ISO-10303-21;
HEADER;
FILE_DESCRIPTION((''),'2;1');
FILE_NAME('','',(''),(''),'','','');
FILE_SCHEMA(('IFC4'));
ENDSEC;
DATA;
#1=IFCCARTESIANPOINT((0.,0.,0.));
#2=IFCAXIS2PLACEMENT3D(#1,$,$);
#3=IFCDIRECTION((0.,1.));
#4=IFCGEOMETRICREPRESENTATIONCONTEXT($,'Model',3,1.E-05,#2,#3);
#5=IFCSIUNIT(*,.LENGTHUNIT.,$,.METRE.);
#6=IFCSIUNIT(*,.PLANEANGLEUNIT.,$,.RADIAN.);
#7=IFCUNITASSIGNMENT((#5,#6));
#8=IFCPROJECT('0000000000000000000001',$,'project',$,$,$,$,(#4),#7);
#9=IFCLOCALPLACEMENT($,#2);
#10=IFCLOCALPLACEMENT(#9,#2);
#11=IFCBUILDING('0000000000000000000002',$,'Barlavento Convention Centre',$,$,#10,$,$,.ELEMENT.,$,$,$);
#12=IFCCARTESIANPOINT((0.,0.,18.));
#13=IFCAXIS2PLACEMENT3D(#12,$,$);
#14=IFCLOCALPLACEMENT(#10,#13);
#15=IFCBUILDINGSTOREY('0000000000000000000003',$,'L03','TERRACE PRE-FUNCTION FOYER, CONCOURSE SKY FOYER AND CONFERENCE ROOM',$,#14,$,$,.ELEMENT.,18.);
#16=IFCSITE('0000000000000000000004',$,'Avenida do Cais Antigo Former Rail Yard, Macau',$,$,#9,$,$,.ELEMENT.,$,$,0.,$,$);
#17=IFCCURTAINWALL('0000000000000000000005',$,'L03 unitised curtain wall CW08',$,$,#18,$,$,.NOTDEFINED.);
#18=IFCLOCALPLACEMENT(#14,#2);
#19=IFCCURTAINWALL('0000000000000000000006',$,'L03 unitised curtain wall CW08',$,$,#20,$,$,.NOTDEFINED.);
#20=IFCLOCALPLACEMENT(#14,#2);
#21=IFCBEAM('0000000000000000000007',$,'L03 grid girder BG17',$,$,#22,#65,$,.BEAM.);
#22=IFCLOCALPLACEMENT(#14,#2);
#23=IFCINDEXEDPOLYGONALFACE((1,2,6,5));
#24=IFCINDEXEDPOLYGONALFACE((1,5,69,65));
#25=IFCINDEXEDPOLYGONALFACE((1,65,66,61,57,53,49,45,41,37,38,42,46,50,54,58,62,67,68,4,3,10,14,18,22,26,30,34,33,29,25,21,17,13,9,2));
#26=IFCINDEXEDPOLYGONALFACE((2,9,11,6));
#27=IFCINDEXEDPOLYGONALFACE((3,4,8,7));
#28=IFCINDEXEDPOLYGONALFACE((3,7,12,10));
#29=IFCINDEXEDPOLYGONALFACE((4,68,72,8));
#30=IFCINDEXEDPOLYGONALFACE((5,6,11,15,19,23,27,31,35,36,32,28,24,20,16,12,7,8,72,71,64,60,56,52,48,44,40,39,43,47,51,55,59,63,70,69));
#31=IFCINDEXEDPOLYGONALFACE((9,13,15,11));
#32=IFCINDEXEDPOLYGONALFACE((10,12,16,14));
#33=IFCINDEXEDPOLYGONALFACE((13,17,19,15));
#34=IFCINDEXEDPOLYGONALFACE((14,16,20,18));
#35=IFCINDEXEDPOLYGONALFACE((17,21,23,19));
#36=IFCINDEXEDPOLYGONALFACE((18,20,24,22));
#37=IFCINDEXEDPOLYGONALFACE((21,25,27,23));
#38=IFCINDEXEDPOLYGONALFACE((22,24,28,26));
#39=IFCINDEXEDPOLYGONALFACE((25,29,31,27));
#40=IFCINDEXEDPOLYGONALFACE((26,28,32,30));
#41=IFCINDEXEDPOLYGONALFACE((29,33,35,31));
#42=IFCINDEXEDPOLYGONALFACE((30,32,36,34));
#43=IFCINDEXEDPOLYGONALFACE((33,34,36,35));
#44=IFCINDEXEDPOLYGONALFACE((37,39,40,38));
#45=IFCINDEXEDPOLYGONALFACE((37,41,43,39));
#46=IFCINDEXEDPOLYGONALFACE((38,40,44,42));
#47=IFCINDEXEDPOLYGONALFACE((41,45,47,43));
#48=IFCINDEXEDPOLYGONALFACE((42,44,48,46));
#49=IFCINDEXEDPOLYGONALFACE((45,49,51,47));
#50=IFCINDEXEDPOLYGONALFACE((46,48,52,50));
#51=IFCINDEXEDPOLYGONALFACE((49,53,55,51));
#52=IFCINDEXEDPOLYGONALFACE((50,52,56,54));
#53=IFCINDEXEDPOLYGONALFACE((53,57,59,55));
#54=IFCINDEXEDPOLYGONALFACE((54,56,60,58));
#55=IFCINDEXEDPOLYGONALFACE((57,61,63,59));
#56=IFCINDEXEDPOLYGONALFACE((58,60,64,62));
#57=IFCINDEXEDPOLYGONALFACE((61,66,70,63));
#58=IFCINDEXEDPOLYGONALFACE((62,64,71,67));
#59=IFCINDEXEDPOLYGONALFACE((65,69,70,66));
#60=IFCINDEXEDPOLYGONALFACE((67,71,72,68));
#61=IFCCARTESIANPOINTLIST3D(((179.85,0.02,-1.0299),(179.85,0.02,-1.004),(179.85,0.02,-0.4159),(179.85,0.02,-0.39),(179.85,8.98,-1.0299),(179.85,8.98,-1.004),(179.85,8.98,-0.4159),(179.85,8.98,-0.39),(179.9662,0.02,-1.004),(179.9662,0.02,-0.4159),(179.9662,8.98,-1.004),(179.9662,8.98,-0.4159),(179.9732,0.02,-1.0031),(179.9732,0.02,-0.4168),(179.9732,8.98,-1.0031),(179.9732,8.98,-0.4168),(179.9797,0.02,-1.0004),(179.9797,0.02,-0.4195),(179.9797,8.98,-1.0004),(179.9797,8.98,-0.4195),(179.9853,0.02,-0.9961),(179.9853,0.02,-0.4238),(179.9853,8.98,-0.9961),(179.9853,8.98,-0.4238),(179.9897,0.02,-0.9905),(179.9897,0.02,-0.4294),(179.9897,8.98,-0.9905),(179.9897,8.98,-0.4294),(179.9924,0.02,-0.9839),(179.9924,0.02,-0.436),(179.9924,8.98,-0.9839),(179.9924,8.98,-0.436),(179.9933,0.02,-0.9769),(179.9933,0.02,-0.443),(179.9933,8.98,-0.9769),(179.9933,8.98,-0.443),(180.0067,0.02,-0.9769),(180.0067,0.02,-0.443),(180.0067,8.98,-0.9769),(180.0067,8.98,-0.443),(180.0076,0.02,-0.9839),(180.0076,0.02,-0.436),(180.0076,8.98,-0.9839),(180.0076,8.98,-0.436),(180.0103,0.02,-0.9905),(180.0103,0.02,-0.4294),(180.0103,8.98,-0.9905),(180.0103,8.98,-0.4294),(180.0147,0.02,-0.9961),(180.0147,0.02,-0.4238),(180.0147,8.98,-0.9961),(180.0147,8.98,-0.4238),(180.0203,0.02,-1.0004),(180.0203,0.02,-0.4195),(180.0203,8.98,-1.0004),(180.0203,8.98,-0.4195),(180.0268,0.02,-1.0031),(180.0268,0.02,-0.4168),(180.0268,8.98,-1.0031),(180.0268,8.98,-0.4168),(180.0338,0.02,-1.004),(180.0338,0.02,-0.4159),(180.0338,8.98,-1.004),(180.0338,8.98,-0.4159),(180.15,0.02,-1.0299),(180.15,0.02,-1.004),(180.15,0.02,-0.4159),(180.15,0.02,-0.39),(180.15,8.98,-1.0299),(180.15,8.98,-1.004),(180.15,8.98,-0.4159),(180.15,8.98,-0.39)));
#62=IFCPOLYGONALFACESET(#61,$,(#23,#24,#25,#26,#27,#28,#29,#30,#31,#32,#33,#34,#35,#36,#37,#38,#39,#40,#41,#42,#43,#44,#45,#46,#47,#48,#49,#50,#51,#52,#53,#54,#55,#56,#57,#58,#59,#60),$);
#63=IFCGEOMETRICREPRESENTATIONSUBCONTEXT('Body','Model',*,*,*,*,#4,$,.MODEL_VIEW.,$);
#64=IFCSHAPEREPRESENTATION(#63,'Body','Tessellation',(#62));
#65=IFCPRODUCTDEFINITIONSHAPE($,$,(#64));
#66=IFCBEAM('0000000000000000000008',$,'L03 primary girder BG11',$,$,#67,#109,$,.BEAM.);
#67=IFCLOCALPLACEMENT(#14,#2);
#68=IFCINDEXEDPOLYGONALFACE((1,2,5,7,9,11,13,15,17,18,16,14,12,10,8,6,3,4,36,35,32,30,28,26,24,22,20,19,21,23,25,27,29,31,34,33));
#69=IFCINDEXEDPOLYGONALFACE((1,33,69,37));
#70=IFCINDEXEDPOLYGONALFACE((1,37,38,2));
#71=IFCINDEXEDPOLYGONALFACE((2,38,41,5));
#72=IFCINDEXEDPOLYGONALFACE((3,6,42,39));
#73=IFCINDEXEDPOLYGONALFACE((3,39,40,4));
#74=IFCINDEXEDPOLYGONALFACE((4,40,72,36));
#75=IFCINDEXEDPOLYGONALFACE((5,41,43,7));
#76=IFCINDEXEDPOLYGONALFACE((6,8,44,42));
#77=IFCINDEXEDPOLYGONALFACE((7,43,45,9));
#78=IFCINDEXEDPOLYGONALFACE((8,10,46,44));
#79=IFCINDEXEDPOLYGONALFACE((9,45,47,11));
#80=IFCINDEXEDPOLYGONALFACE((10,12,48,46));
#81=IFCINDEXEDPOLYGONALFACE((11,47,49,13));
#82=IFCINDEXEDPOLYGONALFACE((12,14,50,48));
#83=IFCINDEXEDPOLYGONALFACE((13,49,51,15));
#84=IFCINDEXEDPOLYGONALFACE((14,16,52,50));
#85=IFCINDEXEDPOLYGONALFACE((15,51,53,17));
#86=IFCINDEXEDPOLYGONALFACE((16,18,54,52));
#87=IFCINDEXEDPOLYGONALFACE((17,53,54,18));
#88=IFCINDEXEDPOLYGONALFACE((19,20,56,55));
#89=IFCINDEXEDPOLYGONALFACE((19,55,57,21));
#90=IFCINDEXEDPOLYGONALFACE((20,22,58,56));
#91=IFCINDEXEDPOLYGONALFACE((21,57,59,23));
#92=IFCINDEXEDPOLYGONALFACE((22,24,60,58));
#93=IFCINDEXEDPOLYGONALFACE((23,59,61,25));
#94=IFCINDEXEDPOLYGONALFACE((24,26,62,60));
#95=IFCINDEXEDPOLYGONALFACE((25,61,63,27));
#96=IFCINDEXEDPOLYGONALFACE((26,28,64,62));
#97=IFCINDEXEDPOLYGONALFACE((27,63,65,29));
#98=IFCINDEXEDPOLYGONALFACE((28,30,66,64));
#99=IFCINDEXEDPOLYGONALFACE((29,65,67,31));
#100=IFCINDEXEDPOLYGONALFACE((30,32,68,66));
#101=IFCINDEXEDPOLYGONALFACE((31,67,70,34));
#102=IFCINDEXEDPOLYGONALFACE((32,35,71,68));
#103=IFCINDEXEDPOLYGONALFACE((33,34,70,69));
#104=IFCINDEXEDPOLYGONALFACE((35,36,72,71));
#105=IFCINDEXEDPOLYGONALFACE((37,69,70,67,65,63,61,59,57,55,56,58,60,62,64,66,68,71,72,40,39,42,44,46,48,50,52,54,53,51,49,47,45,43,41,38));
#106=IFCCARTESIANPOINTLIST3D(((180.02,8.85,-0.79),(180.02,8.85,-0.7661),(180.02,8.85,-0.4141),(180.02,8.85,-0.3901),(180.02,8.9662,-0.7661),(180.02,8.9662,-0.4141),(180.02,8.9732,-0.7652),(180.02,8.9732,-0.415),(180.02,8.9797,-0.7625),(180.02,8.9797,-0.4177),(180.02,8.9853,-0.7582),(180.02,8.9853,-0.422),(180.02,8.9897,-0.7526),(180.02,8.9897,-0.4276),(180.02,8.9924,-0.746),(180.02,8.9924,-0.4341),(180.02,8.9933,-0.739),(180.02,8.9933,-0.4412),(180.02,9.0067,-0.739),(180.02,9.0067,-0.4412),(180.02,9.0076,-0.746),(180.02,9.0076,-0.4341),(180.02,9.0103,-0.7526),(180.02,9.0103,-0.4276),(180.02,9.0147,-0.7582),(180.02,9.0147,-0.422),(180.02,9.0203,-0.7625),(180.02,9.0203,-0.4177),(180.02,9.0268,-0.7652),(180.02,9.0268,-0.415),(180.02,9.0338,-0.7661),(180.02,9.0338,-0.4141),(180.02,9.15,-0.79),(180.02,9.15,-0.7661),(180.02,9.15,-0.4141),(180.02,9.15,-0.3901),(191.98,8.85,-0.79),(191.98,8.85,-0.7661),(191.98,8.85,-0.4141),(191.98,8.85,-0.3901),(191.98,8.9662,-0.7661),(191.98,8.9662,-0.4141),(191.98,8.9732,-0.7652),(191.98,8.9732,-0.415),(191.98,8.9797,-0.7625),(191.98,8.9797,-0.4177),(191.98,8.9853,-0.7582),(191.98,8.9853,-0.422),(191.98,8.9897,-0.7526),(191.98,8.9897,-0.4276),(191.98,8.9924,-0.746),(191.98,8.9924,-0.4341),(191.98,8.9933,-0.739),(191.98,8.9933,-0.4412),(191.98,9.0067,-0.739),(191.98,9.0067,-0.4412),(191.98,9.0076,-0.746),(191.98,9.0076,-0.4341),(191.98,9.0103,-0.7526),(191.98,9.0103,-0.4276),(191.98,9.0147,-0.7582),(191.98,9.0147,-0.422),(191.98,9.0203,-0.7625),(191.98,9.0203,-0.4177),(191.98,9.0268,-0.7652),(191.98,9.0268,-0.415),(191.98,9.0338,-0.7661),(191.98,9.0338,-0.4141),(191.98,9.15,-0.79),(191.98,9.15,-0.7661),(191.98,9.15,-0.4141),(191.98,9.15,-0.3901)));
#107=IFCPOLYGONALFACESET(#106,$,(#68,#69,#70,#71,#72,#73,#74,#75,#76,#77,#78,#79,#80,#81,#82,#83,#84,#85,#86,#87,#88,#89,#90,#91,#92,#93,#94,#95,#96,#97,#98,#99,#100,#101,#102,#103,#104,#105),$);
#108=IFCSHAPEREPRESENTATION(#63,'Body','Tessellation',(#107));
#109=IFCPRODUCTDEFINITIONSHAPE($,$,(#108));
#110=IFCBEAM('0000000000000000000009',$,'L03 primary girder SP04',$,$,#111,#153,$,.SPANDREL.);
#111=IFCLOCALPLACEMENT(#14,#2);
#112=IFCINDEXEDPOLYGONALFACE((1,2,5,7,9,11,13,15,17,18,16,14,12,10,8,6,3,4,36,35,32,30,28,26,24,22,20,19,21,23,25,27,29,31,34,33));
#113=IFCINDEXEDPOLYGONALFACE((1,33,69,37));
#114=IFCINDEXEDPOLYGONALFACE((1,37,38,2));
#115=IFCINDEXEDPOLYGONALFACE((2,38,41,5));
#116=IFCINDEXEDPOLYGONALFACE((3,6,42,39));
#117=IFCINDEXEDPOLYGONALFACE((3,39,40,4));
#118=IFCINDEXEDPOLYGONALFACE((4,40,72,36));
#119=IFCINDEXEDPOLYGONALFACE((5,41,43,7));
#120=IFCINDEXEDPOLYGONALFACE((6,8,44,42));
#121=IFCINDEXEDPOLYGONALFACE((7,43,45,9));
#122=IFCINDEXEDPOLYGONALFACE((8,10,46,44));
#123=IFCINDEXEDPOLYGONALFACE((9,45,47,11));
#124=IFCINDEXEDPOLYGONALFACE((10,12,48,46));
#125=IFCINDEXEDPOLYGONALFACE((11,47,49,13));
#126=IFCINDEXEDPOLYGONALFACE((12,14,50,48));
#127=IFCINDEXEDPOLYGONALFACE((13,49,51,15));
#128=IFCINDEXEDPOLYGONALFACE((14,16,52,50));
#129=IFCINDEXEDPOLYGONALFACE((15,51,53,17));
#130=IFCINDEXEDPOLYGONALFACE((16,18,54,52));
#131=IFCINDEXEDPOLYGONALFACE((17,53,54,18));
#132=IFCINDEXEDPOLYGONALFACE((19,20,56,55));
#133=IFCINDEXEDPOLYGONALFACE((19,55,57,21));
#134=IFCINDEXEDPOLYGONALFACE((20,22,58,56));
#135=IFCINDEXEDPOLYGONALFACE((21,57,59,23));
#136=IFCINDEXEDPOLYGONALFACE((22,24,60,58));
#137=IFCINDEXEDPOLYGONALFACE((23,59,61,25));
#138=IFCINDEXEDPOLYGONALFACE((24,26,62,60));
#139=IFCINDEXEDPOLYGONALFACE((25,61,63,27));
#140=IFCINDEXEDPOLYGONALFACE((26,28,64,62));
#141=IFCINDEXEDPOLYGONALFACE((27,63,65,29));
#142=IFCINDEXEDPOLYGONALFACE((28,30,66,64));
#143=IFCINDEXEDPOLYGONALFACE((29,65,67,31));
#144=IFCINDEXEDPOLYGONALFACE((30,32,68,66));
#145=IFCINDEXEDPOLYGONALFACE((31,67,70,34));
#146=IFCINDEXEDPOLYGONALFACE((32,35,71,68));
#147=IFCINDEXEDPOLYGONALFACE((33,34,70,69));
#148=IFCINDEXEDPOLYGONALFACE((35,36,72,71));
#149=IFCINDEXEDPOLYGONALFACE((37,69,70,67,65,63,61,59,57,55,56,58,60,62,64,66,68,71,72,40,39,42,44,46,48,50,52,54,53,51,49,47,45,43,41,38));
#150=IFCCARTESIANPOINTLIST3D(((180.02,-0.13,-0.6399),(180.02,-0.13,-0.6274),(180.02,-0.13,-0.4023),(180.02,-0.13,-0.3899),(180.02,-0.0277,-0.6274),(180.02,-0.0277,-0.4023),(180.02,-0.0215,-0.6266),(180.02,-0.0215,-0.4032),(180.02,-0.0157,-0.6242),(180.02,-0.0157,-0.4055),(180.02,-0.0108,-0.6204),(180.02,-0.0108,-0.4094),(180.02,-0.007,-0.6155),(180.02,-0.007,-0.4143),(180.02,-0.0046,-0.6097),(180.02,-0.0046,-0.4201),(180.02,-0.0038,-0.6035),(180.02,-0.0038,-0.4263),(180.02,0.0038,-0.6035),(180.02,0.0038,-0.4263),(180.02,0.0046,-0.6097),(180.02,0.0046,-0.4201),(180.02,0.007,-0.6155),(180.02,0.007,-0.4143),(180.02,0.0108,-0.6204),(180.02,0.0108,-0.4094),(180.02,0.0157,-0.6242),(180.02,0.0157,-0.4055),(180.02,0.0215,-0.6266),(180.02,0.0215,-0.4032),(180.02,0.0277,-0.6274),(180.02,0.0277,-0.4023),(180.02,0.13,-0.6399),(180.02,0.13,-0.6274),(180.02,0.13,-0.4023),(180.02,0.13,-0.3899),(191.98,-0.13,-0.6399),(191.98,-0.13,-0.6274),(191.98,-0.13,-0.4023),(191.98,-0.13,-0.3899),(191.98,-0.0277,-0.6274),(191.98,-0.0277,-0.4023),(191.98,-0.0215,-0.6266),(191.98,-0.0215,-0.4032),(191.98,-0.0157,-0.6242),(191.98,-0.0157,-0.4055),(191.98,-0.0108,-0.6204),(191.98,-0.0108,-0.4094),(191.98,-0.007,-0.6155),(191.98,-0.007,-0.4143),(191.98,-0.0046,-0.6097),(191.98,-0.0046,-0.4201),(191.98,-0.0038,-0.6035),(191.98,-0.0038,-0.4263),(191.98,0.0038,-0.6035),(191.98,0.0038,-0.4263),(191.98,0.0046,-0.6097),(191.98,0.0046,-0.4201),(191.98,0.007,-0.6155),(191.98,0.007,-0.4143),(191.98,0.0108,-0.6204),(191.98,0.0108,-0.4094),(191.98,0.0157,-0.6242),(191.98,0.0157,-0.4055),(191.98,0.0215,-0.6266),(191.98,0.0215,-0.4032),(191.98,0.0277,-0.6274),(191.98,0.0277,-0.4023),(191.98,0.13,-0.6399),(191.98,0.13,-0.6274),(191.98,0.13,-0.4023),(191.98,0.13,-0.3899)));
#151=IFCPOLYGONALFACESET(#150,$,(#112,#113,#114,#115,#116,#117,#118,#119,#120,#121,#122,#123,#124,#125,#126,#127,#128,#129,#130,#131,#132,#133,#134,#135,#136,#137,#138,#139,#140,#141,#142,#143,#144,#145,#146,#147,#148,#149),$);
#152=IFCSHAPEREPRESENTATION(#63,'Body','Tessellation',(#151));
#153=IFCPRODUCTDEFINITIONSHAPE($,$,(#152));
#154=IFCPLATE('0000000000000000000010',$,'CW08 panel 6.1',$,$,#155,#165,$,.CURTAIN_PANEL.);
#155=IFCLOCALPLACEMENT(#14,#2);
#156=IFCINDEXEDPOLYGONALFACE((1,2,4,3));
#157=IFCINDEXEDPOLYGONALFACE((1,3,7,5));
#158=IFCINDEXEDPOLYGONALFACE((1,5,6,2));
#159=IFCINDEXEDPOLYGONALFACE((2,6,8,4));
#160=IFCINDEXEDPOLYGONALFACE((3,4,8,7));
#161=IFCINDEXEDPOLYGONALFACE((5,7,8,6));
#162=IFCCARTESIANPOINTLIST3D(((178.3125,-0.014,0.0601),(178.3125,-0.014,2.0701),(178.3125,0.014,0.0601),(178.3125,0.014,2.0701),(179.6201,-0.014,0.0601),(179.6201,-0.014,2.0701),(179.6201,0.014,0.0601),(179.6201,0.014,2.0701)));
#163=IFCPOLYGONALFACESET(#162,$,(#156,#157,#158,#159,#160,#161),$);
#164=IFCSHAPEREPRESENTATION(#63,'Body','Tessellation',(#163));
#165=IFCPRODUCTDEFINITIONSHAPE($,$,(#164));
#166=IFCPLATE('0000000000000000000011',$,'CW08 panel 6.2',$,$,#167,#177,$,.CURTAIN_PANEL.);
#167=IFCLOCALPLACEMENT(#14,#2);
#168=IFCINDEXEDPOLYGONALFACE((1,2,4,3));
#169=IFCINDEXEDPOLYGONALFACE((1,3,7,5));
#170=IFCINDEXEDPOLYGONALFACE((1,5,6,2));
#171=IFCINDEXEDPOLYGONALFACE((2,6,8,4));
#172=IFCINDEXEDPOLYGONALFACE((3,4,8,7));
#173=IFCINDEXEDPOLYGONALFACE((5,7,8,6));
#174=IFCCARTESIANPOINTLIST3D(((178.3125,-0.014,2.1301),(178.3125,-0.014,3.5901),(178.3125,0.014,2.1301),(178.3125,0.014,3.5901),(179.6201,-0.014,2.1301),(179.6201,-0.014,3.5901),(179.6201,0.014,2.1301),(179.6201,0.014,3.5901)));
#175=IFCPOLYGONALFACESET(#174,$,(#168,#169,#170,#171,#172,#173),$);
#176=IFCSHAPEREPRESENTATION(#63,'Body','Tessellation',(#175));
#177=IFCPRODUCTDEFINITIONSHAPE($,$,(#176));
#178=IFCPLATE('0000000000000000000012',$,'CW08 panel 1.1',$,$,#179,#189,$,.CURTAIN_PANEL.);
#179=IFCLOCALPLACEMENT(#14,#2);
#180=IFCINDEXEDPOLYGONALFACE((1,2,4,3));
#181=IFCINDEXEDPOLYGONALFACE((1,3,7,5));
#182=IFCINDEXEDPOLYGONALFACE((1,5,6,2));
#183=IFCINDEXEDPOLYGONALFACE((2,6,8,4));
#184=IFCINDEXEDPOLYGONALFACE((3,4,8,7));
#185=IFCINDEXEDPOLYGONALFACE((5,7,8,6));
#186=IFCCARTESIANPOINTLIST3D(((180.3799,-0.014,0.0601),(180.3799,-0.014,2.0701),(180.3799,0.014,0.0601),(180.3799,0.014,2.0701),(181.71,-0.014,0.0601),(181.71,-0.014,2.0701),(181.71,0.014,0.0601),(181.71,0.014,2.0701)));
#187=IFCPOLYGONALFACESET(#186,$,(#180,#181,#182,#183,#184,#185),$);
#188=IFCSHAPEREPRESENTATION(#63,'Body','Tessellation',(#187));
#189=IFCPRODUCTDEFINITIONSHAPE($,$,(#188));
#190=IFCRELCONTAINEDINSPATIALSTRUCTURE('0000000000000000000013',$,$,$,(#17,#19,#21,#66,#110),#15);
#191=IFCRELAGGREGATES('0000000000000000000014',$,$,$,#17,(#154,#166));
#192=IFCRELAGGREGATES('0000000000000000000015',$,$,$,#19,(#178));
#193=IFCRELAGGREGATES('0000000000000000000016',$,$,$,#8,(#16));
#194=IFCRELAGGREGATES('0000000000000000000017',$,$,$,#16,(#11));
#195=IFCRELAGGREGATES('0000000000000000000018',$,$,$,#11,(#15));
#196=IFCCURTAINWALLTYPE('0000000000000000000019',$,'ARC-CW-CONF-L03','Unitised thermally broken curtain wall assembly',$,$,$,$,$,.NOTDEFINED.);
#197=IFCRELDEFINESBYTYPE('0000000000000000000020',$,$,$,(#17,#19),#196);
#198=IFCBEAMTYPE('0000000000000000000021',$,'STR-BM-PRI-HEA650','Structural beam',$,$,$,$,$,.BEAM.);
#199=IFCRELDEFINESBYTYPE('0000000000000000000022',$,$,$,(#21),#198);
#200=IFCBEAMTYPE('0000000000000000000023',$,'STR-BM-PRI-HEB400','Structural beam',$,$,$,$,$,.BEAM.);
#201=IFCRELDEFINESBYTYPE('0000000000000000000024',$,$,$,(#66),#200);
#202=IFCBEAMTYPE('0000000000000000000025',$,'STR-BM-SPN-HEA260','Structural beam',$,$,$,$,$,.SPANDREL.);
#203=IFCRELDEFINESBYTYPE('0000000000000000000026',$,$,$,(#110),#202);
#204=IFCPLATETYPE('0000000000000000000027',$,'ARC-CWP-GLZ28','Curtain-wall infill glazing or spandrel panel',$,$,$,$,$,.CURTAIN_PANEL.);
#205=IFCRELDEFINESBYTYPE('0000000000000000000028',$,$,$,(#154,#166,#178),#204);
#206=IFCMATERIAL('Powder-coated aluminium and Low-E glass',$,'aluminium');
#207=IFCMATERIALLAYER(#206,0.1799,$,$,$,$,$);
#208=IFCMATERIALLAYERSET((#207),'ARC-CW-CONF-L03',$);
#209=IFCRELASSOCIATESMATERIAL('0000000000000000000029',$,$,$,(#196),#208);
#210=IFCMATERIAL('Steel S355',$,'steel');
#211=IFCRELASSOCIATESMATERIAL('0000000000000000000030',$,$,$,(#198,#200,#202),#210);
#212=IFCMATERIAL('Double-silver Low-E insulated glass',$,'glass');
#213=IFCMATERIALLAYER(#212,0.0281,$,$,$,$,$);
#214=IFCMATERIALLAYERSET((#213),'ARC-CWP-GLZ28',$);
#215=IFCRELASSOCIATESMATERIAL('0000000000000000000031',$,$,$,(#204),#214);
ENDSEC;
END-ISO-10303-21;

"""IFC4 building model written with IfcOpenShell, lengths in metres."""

from ifc_helpers import new_model, si_unit, direction, frame, origin, origin_2d, place, context, subcontext, project, spatial, rectangle, i_section, extrude, material, layer, layer_set, material_profile, profile_set, type_object, element, aggregate, save


model = new_model("IFC4")

# Units and contexts
model_context = context("Model", 3, precision=1e-05, world=origin(), true_north=direction((0.0, 1.0)))
body_context = subcontext(model_context, "Body", "Model", "MODEL_VIEW")
ifc_project = project(units=[si_unit("LENGTHUNIT", "METRE"), si_unit("PLANEANGLEUNIT", "RADIAN")], contexts=[model_context])

# Site, building, storey
site_placement = place(None, origin())
site = spatial("IfcSite", under=ifc_project, at=site_placement, Name="Avenida do Cais Antigo Former Rail Yard, Macau", CompositionType="ELEMENT", RefElevation=0.0)
building_placement = place(site_placement, origin())
building = spatial("IfcBuilding", under=site, at=building_placement, Name="Barlavento Convention Centre", CompositionType="ELEMENT")
storey_placement = place(building_placement, frame((0.0, 0.0, 18.0)))
storey = spatial("IfcBuildingStorey", under=building, at=storey_placement, Name="L03", Description="TERRACE PRE-FUNCTION FOYER, CONCOURSE SKY FOYER AND CONFERENCE ROOM", CompositionType="ELEMENT", Elevation=18.0)

# Shared definitions
ifc_material_1 = material(Name="Steel S355", Category="steel")

# Curtain wall
ifc_material_2 = material(Name="Powder-coated aluminium and Low-E glass", Category="aluminium")
ifc_layer_1 = layer(ifc_material_2, 0.1799)
ifc_layer_set_1 = layer_set([ifc_layer_1], Name="ARC-CW-CONF-L03")
curtain_wall_type = type_object("IfcCurtainWallType", Name="ARC-CW-CONF-L03", Description="Unitised thermally broken curtain wall assembly", PredefinedType="NOTDEFINED", material=ifc_layer_set_1)
curtain_wall_1_placement = place(storey_placement, origin())
curtain_wall_1 = element("IfcCurtainWall", 1, at=curtain_wall_1_placement, inside=storey, type_object=curtain_wall_type, Name="L03 unitised curtain wall CW08", PredefinedType="NOTDEFINED")

# Curtain wall
curtain_wall_2_placement = place(storey_placement, origin())
curtain_wall_2 = element("IfcCurtainWall", 2, at=curtain_wall_2_placement, inside=storey, type_object=curtain_wall_type, Name="L03 unitised curtain wall CW08", PredefinedType="NOTDEFINED")

# Beams
ifc_material_profile_1 = material_profile(ifc_material_1, i_section(OverallWidth=0.3, OverallDepth=0.6399, WebThickness=0.0134, FlangeThickness=0.0259, FilletRadius=0.0271, at=origin_2d()), Name="HEA 650")
ifc_profile_set_1 = profile_set([ifc_material_profile_1], Name="Steel S355")
beam_type_1 = type_object("IfcBeamType", Name="STR-BM-PRI-HEA650", Description="Structural beam", PredefinedType="BEAM", material=ifc_profile_set_1)
beam_1_placement = place(storey_placement, frame((180.0, 0.02, -0.71), z_axis=(0.0, 1.0, 0.0), x_axis=(-1.0, 0.0, 0.0)))
element("IfcBeam", 3, at=beam_1_placement, inside=storey, type_object=beam_type_1, Name="L03 grid girder BG17", PredefinedType="BEAM", context=body_context, shape_type="SweptSolid", body=[
    extrude(i_section(OverallWidth=0.3, OverallDepth=0.6399, WebThickness=0.0134, FlangeThickness=0.0259, FilletRadius=0.0271, at=origin_2d()), origin(), (0.0, 0.0, 1.0), 8.96),
])
ifc_material_profile_2 = material_profile(ifc_material_1, i_section(OverallWidth=0.3, OverallDepth=0.3999, WebThickness=0.0134, FlangeThickness=0.0239, FilletRadius=0.0271, at=origin_2d()), Name="HEB 400")
ifc_profile_set_2 = profile_set([ifc_material_profile_2], Name="Steel S355")
beam_type_2 = type_object("IfcBeamType", Name="STR-BM-PRI-HEB400", Description="Structural beam", PredefinedType="BEAM", material=ifc_profile_set_2)
beam_2_placement = place(storey_placement, frame((180.02, 9.0, -0.5901), z_axis=(1.0, 0.0, 0.0), x_axis=(0.0, 1.0, 0.0)))
element("IfcBeam", 4, at=beam_2_placement, inside=storey, type_object=beam_type_2, Name="L03 primary girder BG11", PredefinedType="BEAM", context=body_context, shape_type="SweptSolid", body=[
    extrude(i_section(OverallWidth=0.3, OverallDepth=0.3999, WebThickness=0.0134, FlangeThickness=0.0239, FilletRadius=0.0271, at=origin_2d()), origin(), (0.0, 0.0, 1.0), 11.96),
])
ifc_material_profile_3 = material_profile(ifc_material_1, i_section(OverallWidth=0.26, OverallDepth=0.25, WebThickness=0.0076, FlangeThickness=0.0125, FilletRadius=0.0239, at=origin_2d()), Name="HEA 260")
ifc_profile_set_3 = profile_set([ifc_material_profile_3], Name="Steel S355")
beam_type_3 = type_object("IfcBeamType", Name="STR-BM-SPN-HEA260", Description="Structural beam", PredefinedType="SPANDREL", material=ifc_profile_set_3)
beam_3_placement = place(storey_placement, frame((180.02, 0.0, -0.5149), z_axis=(1.0, 0.0, 0.0), x_axis=(0.0, 1.0, 0.0)))
element("IfcBeam", 5, at=beam_3_placement, inside=storey, type_object=beam_type_3, Name="L03 primary girder SP04", PredefinedType="SPANDREL", context=body_context, shape_type="SweptSolid", body=[
    extrude(i_section(OverallWidth=0.26, OverallDepth=0.25, WebThickness=0.0076, FlangeThickness=0.0125, FilletRadius=0.0239, at=origin_2d()), origin(), (0.0, 0.0, 1.0), 11.96),
])

# Plates
ifc_material_3 = material(Name="Double-silver Low-E insulated glass", Category="glass")
ifc_layer_2 = layer(ifc_material_3, 0.0281)
ifc_layer_set_2 = layer_set([ifc_layer_2], Name="ARC-CWP-GLZ28")
plate_type = type_object("IfcPlateType", Name="ARC-CWP-GLZ28", Description="Curtain-wall infill glazing or spandrel panel", PredefinedType="CURTAIN_PANEL", material=ifc_layer_set_2)
plate_1_placement = place(storey_placement, frame((178.9663, 0.0, 0.0601), z_axis=(0.0, 0.0, 1.0), x_axis=(1.0, 0.0, 0.0)))
plate_1 = element("IfcPlate", 6, at=plate_1_placement, type_object=plate_type, Name="CW08 panel 6.1", PredefinedType="CURTAIN_PANEL", context=body_context, shape_type="SweptSolid", body=[
    extrude(rectangle(XDim=1.3076, YDim=0.0281, at=origin_2d()), origin(), (0.0, 0.0, 1.0), 2.01),
])
plate_2_placement = place(storey_placement, frame((178.9663, 0.0, 2.1301), z_axis=(0.0, 0.0, 1.0), x_axis=(1.0, 0.0, 0.0)))
plate_2 = element("IfcPlate", 7, at=plate_2_placement, type_object=plate_type, Name="CW08 panel 6.2", PredefinedType="CURTAIN_PANEL", context=body_context, shape_type="SweptSolid", body=[
    extrude(rectangle(XDim=1.3076, YDim=0.0281, at=origin_2d()), origin(), (0.0, 0.0, 1.0), 1.46),
])
aggregate(curtain_wall_1, [plate_1, plate_2])
plate_3_placement = place(storey_placement, frame((181.0449, 0.0, 0.0601), z_axis=(0.0, 0.0, 1.0), x_axis=(1.0, 0.0, 0.0)))
plate_3 = element("IfcPlate", 8, at=plate_3_placement, type_object=plate_type, Name="CW08 panel 1.1", PredefinedType="CURTAIN_PANEL", context=body_context, shape_type="SweptSolid", body=[
    extrude(rectangle(XDim=1.3301, YDim=0.0281, at=origin_2d()), origin(), (0.0, 0.0, 1.0), 2.01),
])
aggregate(curtain_wall_2, [plate_3])

save(model, "model.ifc")
